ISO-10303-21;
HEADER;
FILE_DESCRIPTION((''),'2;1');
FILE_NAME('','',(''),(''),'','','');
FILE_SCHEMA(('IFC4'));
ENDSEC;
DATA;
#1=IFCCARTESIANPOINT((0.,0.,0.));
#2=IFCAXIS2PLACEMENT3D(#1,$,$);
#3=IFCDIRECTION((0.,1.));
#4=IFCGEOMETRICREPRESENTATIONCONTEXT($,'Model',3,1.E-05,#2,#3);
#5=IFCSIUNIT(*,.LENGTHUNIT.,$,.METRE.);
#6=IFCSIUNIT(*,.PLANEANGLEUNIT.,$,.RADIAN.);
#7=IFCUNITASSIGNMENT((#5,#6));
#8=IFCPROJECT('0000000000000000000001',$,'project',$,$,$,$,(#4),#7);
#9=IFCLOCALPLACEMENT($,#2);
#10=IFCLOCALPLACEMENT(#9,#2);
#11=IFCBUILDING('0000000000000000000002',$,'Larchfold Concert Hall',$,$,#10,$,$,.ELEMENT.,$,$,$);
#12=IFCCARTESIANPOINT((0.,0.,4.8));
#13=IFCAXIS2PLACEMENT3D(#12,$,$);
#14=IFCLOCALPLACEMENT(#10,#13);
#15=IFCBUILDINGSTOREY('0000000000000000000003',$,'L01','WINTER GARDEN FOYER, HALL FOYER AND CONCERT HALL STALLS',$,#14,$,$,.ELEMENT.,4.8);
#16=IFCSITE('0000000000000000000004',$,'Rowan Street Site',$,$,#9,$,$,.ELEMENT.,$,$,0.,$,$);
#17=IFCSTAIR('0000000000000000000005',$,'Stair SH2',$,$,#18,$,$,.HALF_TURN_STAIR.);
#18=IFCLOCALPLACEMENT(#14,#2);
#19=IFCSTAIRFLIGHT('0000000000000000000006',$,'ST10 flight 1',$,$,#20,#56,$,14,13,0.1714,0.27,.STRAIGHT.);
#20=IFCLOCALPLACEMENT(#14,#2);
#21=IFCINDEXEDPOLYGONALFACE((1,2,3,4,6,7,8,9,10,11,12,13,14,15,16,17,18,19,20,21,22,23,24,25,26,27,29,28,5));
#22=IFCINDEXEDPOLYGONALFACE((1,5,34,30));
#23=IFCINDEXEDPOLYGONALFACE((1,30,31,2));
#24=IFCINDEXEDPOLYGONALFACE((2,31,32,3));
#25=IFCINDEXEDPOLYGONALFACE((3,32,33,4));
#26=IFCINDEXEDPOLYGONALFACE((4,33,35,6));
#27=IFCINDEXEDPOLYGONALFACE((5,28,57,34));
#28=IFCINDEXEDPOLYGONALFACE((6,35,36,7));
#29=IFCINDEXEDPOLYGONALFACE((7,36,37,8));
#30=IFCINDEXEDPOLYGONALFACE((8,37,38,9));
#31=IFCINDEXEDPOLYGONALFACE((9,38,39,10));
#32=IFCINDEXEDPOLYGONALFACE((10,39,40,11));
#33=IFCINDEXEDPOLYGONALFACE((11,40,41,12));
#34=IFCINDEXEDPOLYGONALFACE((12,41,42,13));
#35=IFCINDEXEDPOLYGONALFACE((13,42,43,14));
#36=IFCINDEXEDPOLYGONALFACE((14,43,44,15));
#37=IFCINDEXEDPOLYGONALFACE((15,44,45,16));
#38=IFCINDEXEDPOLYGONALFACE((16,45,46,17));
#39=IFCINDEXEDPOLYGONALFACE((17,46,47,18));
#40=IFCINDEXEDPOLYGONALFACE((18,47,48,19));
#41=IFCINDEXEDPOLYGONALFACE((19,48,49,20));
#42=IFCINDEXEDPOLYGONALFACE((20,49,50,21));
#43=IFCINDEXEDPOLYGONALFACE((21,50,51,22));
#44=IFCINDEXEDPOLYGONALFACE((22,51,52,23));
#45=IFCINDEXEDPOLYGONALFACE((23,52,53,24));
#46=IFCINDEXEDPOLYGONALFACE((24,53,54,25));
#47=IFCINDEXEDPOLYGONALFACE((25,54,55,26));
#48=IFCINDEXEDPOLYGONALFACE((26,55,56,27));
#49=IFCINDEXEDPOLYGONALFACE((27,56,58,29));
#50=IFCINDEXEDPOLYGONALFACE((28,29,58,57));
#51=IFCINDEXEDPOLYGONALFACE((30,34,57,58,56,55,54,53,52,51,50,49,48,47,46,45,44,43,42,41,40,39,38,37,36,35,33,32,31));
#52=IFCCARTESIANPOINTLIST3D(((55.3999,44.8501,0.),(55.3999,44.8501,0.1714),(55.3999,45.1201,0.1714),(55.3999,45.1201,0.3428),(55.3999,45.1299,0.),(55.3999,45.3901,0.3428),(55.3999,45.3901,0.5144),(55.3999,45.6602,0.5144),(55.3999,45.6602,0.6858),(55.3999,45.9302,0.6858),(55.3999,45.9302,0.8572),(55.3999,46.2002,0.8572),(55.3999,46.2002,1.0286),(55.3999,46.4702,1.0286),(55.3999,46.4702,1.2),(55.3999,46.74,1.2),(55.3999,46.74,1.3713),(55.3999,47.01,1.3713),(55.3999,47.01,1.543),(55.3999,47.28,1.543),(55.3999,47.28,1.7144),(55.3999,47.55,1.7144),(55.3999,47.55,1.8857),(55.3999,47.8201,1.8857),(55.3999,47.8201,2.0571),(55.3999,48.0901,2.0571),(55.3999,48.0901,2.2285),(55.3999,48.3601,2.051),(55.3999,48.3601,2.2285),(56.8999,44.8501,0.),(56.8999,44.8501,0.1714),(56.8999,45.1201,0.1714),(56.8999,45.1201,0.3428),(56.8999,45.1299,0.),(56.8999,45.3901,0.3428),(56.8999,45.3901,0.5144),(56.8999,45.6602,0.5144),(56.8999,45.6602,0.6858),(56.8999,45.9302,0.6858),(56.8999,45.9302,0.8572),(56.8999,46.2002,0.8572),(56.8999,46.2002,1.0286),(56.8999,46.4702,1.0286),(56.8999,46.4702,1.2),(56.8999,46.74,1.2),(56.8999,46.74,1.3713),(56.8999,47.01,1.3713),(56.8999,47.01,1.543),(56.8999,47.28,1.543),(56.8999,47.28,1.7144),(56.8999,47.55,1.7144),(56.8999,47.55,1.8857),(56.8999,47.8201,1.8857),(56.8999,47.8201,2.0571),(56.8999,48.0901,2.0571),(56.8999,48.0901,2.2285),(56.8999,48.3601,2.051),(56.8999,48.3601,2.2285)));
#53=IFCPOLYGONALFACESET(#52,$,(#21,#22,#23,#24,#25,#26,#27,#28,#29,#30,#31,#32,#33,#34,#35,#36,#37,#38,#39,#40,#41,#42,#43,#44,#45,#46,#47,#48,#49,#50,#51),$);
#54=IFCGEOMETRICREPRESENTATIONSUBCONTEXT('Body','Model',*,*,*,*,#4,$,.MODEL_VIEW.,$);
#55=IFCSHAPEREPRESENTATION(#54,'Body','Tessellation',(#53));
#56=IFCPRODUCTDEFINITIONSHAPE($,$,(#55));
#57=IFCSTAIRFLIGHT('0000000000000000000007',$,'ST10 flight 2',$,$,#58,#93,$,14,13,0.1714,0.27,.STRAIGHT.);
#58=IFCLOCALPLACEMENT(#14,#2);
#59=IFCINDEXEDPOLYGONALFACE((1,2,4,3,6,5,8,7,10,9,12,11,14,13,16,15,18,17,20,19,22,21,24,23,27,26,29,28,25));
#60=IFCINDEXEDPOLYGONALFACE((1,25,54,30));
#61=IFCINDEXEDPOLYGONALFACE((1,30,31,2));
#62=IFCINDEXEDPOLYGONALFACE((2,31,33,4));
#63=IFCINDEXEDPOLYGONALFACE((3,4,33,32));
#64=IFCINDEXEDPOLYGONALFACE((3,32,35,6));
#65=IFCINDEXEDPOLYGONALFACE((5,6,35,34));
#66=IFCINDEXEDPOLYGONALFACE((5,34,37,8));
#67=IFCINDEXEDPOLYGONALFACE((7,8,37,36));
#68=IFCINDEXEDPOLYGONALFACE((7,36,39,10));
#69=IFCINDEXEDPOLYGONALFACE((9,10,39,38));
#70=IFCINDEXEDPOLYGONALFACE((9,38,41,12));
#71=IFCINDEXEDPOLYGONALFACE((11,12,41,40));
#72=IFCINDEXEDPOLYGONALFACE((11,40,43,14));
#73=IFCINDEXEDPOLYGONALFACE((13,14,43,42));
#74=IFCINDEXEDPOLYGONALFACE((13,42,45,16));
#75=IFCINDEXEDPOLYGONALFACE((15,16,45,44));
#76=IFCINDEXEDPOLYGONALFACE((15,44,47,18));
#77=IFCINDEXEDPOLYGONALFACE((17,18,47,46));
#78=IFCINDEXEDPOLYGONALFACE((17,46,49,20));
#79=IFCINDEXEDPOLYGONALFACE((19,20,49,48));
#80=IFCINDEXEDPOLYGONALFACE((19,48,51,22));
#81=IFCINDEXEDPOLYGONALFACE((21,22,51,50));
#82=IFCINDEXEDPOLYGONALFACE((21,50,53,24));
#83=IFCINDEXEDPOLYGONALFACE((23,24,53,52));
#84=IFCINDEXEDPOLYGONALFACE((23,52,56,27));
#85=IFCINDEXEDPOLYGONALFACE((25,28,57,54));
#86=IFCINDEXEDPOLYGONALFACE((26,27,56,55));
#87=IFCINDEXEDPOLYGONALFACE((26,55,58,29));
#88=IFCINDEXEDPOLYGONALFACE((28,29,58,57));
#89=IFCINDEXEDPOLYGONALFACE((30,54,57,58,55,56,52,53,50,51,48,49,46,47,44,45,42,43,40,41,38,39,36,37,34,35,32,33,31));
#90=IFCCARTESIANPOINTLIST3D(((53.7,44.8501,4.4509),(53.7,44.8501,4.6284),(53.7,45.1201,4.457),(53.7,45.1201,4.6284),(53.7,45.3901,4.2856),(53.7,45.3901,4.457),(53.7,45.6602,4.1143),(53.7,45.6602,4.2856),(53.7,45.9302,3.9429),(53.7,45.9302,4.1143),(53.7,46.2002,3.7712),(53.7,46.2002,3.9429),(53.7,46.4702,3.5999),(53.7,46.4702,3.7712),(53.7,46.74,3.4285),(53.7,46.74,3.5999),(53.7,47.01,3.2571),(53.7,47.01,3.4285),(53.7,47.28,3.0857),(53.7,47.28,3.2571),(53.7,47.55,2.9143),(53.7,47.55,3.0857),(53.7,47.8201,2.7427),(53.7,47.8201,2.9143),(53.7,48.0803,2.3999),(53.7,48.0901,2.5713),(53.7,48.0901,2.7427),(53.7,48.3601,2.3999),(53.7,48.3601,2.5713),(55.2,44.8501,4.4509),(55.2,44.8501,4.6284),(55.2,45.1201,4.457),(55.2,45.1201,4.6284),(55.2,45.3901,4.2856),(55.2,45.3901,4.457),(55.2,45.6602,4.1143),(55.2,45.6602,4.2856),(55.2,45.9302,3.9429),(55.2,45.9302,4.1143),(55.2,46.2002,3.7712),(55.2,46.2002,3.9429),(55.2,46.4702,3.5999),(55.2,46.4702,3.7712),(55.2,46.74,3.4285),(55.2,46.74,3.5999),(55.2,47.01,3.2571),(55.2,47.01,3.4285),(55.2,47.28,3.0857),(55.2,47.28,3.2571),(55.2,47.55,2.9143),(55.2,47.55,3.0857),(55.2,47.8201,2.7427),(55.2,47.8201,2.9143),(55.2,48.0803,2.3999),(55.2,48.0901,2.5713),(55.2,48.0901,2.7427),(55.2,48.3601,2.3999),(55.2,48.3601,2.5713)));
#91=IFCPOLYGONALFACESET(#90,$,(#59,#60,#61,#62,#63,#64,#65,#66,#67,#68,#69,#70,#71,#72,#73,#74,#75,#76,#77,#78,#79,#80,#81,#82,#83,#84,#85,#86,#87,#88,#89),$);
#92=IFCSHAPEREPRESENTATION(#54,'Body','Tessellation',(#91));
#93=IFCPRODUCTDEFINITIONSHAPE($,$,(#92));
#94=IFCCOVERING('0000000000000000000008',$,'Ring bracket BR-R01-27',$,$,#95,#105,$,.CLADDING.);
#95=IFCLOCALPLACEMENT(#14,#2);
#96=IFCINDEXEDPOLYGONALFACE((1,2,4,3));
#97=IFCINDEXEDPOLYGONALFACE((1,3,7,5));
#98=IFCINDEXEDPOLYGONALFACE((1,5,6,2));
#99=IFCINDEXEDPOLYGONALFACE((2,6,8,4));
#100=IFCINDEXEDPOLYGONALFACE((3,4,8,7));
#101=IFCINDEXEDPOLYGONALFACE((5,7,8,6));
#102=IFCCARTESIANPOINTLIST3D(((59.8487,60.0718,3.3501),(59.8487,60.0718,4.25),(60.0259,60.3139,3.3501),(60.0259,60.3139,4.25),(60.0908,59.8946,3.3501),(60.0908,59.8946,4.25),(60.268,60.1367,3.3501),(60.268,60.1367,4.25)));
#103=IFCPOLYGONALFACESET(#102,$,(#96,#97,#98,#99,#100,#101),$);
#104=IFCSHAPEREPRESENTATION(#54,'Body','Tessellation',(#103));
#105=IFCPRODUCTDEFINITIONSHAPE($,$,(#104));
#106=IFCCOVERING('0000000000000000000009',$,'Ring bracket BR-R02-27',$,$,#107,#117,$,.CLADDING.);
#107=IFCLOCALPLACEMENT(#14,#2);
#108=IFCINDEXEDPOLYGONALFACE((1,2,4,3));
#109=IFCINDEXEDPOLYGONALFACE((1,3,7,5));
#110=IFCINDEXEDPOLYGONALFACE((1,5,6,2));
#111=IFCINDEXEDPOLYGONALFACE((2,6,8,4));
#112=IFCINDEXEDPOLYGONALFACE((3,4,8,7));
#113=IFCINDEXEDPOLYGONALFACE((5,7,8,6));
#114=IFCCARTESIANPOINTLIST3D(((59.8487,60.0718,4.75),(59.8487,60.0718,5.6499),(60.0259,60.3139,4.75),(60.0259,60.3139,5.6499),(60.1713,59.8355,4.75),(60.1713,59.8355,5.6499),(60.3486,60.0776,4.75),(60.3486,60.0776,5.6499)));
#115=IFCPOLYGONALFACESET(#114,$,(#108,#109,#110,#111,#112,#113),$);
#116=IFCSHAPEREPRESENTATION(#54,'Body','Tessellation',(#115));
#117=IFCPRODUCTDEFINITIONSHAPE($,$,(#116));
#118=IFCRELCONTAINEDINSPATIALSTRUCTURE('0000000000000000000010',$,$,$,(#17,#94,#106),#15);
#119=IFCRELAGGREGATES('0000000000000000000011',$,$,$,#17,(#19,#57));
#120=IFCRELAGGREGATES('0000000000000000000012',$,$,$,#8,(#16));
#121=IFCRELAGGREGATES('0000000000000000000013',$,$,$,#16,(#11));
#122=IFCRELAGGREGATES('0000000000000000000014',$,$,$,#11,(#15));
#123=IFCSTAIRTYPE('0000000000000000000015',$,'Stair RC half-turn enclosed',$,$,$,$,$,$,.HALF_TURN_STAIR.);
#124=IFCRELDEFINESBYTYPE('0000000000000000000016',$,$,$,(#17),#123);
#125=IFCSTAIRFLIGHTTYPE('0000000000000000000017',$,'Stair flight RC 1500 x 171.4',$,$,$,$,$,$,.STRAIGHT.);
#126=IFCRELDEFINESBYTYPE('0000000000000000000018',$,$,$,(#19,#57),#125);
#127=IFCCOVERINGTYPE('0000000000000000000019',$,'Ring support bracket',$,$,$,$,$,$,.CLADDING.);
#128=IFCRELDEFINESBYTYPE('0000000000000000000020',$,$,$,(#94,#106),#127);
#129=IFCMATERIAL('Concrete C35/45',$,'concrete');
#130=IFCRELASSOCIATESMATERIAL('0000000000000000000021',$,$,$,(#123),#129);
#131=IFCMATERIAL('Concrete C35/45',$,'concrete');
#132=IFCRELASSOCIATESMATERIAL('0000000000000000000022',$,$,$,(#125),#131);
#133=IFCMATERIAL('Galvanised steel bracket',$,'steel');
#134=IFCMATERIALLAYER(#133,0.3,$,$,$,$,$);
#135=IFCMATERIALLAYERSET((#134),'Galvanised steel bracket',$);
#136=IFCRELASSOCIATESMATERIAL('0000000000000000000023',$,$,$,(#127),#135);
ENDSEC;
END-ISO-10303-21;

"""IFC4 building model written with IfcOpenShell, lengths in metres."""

from ifc_helpers import new_model, si_unit, direction, frame, origin, origin_2d, place, context, subcontext, project, spatial, polyline, rectangle, outline, extrude, material, layer, layer_set, type_object, element, aggregate, save


model = new_model("IFC4")

# Units and contexts
model_context = context("Model", 3, precision=1e-05, world=origin(), true_north=direction((0.0, 1.0)))
body_context = subcontext(model_context, "Body", "Model", "MODEL_VIEW")
ifc_project = project(units=[si_unit("LENGTHUNIT", "METRE"), si_unit("PLANEANGLEUNIT", "RADIAN")], contexts=[model_context])

# Site, building, storey
site_placement = place(None, origin())
site = spatial("IfcSite", under=ifc_project, at=site_placement, Name="Rowan Street Site", CompositionType="ELEMENT", RefElevation=0.0)
building_placement = place(site_placement, origin())
building = spatial("IfcBuilding", under=site, at=building_placement, Name="Larchfold Concert Hall", CompositionType="ELEMENT")
storey_placement = place(building_placement, frame((0.0, 0.0, 4.8)))
storey = spatial("IfcBuildingStorey", under=building, at=storey_placement, Name="L01", Description="WINTER GARDEN FOYER, HALL FOYER AND CONCERT HALL STALLS", CompositionType="ELEMENT", Elevation=4.8)

# Stair, stair flights
ifc_material_1 = material(Name="Concrete C35/45", Category="concrete")
stair_type = type_object("IfcStairType", Name="Stair RC half-turn enclosed", PredefinedType="HALF_TURN_STAIR", material=ifc_material_1)
stair_placement = place(storey_placement, origin())
stair = element("IfcStair", 1, at=stair_placement, inside=storey, type_object=stair_type, Name="Stair SH2", PredefinedType="HALF_TURN_STAIR")
ifc_material_2 = material(Name="Concrete C35/45", Category="concrete")
stair_flight_type = type_object("IfcStairFlightType", Name="Stair flight RC 1500 x 171.4", PredefinedType="STRAIGHT", material=ifc_material_2)
stair_flight_1_placement = place(storey_placement, frame((56.1499, 44.8501, 0.0), z_axis=(0.0, 0.0, 1.0), x_axis=(0.0, 1.0, 0.0)))
stair_flight_1 = element("IfcStairFlight", 2, at=stair_flight_1_placement, type_object=stair_flight_type, Name="ST10 flight 1", NumberOfRisers=14, NumberOfTreads=13, PredefinedType="STRAIGHT", RiserHeight=0.1714, TreadLength=0.27, context=body_context, shape_type="SweptSolid", body=[
    extrude(outline(polyline([(0.0, 0.0), (0.0, 0.1714), (0.27, 0.1714), (0.27, 0.3428), (0.54, 0.3428), (0.54, 0.5144), (0.8101, 0.5144), (0.8101, 0.6858), (1.0801, 0.6858), (1.0801, 0.8572), (1.3501, 0.8572), (1.3501, 1.0286), (1.6201, 1.0286), (1.6201, 1.2), (1.8899, 1.2), (1.8899, 1.3713), (2.1599, 1.3713), (2.1599, 1.543), (2.4299, 1.543), (2.4299, 1.7144), (2.7, 1.7144), (2.7, 1.8857), (2.97, 1.8857), (2.97, 2.0571), (3.24, 2.0571), (3.24, 2.2285), (3.51, 2.2285), (3.51, 2.3999), (3.51, 2.051), (0.2798, 0.0), (0.0, 0.0)])), frame((0.0, 0.75, 0.0), z_axis=(0.0, -1.0, 0.0), x_axis=(1.0, 0.0, 0.0)), (0.0, 0.0, 1.0), 1.5),
])
stair_flight_2_placement = place(storey_placement, frame((54.45, 48.3601, 2.3999), z_axis=(0.0, 0.0, 1.0), x_axis=(0.0, -1.0, 0.0)))
stair_flight_2 = element("IfcStairFlight", 3, at=stair_flight_2_placement, type_object=stair_flight_type, Name="ST10 flight 2", NumberOfRisers=14, NumberOfTreads=13, PredefinedType="STRAIGHT", RiserHeight=0.1714, TreadLength=0.27, context=body_context, shape_type="SweptSolid", body=[
    extrude(outline(polyline([(0.0, 0.0), (0.0, 0.1714), (0.27, 0.1714), (0.27, 0.3428), (0.54, 0.3428), (0.54, 0.5144), (0.8101, 0.5144), (0.8101, 0.6858), (1.0801, 0.6858), (1.0801, 0.8572), (1.3501, 0.8572), (1.3501, 1.0286), (1.6201, 1.0286), (1.6201, 1.2), (1.8899, 1.2), (1.8899, 1.3713), (2.1599, 1.3713), (2.1599, 1.543), (2.4299, 1.543), (2.4299, 1.7144), (2.7, 1.7144), (2.7, 1.8857), (2.97, 1.8857), (2.97, 2.0571), (3.24, 2.0571), (3.24, 2.2285), (3.51, 2.2285), (3.51, 2.3999), (3.51, 2.051), (0.2798, 0.0), (0.0, 0.0)])), frame((0.0, 0.75, 0.0), z_axis=(0.0, -1.0, 0.0), x_axis=(1.0, 0.0, 0.0)), (0.0, 0.0, 1.0), 1.5),
])
aggregate(stair, [stair_flight_1, stair_flight_2])

# Coverings
ifc_material_3 = material(Name="Galvanised steel bracket", Category="steel")
ifc_layer_1 = layer(ifc_material_3, 0.3)
ifc_layer_set_1 = layer_set([ifc_layer_1], Name="Galvanised steel bracket")
covering_type = type_object("IfcCoveringType", Name="Ring support bracket", PredefinedType="CLADDING", material=ifc_layer_set_1)
covering_1_placement = place(storey_placement, frame((60.0583, 60.1042, 3.3501), z_axis=(0.0, 0.0, 1.0), x_axis=(0.806849, -0.590758, 0.0)))
element("IfcCovering", 4, at=covering_1_placement, inside=storey, type_object=covering_type, Name="Ring bracket BR-R01-27", PredefinedType="CLADDING", context=body_context, shape_type="SweptSolid", body=[
    extrude(rectangle(XDim=0.3, YDim=0.3, at=origin_2d()), origin(), (0.0, 0.0, 1.0), 0.8999),
])
covering_2_placement = place(storey_placement, frame((60.0986, 60.0747, 4.75), z_axis=(0.0, 0.0, 1.0), x_axis=(0.806849, -0.590758, 0.0)))
element("IfcCovering", 5, at=covering_2_placement, inside=storey, type_object=covering_type, Name="Ring bracket BR-R02-27", PredefinedType="CLADDING", context=body_context, shape_type="SweptSolid", body=[
    extrude(rectangle(XDim=0.3999, YDim=0.3, at=origin_2d()), origin(), (0.0, 0.0, 1.0), 0.8999),
])

save(model, "model.ifc")
